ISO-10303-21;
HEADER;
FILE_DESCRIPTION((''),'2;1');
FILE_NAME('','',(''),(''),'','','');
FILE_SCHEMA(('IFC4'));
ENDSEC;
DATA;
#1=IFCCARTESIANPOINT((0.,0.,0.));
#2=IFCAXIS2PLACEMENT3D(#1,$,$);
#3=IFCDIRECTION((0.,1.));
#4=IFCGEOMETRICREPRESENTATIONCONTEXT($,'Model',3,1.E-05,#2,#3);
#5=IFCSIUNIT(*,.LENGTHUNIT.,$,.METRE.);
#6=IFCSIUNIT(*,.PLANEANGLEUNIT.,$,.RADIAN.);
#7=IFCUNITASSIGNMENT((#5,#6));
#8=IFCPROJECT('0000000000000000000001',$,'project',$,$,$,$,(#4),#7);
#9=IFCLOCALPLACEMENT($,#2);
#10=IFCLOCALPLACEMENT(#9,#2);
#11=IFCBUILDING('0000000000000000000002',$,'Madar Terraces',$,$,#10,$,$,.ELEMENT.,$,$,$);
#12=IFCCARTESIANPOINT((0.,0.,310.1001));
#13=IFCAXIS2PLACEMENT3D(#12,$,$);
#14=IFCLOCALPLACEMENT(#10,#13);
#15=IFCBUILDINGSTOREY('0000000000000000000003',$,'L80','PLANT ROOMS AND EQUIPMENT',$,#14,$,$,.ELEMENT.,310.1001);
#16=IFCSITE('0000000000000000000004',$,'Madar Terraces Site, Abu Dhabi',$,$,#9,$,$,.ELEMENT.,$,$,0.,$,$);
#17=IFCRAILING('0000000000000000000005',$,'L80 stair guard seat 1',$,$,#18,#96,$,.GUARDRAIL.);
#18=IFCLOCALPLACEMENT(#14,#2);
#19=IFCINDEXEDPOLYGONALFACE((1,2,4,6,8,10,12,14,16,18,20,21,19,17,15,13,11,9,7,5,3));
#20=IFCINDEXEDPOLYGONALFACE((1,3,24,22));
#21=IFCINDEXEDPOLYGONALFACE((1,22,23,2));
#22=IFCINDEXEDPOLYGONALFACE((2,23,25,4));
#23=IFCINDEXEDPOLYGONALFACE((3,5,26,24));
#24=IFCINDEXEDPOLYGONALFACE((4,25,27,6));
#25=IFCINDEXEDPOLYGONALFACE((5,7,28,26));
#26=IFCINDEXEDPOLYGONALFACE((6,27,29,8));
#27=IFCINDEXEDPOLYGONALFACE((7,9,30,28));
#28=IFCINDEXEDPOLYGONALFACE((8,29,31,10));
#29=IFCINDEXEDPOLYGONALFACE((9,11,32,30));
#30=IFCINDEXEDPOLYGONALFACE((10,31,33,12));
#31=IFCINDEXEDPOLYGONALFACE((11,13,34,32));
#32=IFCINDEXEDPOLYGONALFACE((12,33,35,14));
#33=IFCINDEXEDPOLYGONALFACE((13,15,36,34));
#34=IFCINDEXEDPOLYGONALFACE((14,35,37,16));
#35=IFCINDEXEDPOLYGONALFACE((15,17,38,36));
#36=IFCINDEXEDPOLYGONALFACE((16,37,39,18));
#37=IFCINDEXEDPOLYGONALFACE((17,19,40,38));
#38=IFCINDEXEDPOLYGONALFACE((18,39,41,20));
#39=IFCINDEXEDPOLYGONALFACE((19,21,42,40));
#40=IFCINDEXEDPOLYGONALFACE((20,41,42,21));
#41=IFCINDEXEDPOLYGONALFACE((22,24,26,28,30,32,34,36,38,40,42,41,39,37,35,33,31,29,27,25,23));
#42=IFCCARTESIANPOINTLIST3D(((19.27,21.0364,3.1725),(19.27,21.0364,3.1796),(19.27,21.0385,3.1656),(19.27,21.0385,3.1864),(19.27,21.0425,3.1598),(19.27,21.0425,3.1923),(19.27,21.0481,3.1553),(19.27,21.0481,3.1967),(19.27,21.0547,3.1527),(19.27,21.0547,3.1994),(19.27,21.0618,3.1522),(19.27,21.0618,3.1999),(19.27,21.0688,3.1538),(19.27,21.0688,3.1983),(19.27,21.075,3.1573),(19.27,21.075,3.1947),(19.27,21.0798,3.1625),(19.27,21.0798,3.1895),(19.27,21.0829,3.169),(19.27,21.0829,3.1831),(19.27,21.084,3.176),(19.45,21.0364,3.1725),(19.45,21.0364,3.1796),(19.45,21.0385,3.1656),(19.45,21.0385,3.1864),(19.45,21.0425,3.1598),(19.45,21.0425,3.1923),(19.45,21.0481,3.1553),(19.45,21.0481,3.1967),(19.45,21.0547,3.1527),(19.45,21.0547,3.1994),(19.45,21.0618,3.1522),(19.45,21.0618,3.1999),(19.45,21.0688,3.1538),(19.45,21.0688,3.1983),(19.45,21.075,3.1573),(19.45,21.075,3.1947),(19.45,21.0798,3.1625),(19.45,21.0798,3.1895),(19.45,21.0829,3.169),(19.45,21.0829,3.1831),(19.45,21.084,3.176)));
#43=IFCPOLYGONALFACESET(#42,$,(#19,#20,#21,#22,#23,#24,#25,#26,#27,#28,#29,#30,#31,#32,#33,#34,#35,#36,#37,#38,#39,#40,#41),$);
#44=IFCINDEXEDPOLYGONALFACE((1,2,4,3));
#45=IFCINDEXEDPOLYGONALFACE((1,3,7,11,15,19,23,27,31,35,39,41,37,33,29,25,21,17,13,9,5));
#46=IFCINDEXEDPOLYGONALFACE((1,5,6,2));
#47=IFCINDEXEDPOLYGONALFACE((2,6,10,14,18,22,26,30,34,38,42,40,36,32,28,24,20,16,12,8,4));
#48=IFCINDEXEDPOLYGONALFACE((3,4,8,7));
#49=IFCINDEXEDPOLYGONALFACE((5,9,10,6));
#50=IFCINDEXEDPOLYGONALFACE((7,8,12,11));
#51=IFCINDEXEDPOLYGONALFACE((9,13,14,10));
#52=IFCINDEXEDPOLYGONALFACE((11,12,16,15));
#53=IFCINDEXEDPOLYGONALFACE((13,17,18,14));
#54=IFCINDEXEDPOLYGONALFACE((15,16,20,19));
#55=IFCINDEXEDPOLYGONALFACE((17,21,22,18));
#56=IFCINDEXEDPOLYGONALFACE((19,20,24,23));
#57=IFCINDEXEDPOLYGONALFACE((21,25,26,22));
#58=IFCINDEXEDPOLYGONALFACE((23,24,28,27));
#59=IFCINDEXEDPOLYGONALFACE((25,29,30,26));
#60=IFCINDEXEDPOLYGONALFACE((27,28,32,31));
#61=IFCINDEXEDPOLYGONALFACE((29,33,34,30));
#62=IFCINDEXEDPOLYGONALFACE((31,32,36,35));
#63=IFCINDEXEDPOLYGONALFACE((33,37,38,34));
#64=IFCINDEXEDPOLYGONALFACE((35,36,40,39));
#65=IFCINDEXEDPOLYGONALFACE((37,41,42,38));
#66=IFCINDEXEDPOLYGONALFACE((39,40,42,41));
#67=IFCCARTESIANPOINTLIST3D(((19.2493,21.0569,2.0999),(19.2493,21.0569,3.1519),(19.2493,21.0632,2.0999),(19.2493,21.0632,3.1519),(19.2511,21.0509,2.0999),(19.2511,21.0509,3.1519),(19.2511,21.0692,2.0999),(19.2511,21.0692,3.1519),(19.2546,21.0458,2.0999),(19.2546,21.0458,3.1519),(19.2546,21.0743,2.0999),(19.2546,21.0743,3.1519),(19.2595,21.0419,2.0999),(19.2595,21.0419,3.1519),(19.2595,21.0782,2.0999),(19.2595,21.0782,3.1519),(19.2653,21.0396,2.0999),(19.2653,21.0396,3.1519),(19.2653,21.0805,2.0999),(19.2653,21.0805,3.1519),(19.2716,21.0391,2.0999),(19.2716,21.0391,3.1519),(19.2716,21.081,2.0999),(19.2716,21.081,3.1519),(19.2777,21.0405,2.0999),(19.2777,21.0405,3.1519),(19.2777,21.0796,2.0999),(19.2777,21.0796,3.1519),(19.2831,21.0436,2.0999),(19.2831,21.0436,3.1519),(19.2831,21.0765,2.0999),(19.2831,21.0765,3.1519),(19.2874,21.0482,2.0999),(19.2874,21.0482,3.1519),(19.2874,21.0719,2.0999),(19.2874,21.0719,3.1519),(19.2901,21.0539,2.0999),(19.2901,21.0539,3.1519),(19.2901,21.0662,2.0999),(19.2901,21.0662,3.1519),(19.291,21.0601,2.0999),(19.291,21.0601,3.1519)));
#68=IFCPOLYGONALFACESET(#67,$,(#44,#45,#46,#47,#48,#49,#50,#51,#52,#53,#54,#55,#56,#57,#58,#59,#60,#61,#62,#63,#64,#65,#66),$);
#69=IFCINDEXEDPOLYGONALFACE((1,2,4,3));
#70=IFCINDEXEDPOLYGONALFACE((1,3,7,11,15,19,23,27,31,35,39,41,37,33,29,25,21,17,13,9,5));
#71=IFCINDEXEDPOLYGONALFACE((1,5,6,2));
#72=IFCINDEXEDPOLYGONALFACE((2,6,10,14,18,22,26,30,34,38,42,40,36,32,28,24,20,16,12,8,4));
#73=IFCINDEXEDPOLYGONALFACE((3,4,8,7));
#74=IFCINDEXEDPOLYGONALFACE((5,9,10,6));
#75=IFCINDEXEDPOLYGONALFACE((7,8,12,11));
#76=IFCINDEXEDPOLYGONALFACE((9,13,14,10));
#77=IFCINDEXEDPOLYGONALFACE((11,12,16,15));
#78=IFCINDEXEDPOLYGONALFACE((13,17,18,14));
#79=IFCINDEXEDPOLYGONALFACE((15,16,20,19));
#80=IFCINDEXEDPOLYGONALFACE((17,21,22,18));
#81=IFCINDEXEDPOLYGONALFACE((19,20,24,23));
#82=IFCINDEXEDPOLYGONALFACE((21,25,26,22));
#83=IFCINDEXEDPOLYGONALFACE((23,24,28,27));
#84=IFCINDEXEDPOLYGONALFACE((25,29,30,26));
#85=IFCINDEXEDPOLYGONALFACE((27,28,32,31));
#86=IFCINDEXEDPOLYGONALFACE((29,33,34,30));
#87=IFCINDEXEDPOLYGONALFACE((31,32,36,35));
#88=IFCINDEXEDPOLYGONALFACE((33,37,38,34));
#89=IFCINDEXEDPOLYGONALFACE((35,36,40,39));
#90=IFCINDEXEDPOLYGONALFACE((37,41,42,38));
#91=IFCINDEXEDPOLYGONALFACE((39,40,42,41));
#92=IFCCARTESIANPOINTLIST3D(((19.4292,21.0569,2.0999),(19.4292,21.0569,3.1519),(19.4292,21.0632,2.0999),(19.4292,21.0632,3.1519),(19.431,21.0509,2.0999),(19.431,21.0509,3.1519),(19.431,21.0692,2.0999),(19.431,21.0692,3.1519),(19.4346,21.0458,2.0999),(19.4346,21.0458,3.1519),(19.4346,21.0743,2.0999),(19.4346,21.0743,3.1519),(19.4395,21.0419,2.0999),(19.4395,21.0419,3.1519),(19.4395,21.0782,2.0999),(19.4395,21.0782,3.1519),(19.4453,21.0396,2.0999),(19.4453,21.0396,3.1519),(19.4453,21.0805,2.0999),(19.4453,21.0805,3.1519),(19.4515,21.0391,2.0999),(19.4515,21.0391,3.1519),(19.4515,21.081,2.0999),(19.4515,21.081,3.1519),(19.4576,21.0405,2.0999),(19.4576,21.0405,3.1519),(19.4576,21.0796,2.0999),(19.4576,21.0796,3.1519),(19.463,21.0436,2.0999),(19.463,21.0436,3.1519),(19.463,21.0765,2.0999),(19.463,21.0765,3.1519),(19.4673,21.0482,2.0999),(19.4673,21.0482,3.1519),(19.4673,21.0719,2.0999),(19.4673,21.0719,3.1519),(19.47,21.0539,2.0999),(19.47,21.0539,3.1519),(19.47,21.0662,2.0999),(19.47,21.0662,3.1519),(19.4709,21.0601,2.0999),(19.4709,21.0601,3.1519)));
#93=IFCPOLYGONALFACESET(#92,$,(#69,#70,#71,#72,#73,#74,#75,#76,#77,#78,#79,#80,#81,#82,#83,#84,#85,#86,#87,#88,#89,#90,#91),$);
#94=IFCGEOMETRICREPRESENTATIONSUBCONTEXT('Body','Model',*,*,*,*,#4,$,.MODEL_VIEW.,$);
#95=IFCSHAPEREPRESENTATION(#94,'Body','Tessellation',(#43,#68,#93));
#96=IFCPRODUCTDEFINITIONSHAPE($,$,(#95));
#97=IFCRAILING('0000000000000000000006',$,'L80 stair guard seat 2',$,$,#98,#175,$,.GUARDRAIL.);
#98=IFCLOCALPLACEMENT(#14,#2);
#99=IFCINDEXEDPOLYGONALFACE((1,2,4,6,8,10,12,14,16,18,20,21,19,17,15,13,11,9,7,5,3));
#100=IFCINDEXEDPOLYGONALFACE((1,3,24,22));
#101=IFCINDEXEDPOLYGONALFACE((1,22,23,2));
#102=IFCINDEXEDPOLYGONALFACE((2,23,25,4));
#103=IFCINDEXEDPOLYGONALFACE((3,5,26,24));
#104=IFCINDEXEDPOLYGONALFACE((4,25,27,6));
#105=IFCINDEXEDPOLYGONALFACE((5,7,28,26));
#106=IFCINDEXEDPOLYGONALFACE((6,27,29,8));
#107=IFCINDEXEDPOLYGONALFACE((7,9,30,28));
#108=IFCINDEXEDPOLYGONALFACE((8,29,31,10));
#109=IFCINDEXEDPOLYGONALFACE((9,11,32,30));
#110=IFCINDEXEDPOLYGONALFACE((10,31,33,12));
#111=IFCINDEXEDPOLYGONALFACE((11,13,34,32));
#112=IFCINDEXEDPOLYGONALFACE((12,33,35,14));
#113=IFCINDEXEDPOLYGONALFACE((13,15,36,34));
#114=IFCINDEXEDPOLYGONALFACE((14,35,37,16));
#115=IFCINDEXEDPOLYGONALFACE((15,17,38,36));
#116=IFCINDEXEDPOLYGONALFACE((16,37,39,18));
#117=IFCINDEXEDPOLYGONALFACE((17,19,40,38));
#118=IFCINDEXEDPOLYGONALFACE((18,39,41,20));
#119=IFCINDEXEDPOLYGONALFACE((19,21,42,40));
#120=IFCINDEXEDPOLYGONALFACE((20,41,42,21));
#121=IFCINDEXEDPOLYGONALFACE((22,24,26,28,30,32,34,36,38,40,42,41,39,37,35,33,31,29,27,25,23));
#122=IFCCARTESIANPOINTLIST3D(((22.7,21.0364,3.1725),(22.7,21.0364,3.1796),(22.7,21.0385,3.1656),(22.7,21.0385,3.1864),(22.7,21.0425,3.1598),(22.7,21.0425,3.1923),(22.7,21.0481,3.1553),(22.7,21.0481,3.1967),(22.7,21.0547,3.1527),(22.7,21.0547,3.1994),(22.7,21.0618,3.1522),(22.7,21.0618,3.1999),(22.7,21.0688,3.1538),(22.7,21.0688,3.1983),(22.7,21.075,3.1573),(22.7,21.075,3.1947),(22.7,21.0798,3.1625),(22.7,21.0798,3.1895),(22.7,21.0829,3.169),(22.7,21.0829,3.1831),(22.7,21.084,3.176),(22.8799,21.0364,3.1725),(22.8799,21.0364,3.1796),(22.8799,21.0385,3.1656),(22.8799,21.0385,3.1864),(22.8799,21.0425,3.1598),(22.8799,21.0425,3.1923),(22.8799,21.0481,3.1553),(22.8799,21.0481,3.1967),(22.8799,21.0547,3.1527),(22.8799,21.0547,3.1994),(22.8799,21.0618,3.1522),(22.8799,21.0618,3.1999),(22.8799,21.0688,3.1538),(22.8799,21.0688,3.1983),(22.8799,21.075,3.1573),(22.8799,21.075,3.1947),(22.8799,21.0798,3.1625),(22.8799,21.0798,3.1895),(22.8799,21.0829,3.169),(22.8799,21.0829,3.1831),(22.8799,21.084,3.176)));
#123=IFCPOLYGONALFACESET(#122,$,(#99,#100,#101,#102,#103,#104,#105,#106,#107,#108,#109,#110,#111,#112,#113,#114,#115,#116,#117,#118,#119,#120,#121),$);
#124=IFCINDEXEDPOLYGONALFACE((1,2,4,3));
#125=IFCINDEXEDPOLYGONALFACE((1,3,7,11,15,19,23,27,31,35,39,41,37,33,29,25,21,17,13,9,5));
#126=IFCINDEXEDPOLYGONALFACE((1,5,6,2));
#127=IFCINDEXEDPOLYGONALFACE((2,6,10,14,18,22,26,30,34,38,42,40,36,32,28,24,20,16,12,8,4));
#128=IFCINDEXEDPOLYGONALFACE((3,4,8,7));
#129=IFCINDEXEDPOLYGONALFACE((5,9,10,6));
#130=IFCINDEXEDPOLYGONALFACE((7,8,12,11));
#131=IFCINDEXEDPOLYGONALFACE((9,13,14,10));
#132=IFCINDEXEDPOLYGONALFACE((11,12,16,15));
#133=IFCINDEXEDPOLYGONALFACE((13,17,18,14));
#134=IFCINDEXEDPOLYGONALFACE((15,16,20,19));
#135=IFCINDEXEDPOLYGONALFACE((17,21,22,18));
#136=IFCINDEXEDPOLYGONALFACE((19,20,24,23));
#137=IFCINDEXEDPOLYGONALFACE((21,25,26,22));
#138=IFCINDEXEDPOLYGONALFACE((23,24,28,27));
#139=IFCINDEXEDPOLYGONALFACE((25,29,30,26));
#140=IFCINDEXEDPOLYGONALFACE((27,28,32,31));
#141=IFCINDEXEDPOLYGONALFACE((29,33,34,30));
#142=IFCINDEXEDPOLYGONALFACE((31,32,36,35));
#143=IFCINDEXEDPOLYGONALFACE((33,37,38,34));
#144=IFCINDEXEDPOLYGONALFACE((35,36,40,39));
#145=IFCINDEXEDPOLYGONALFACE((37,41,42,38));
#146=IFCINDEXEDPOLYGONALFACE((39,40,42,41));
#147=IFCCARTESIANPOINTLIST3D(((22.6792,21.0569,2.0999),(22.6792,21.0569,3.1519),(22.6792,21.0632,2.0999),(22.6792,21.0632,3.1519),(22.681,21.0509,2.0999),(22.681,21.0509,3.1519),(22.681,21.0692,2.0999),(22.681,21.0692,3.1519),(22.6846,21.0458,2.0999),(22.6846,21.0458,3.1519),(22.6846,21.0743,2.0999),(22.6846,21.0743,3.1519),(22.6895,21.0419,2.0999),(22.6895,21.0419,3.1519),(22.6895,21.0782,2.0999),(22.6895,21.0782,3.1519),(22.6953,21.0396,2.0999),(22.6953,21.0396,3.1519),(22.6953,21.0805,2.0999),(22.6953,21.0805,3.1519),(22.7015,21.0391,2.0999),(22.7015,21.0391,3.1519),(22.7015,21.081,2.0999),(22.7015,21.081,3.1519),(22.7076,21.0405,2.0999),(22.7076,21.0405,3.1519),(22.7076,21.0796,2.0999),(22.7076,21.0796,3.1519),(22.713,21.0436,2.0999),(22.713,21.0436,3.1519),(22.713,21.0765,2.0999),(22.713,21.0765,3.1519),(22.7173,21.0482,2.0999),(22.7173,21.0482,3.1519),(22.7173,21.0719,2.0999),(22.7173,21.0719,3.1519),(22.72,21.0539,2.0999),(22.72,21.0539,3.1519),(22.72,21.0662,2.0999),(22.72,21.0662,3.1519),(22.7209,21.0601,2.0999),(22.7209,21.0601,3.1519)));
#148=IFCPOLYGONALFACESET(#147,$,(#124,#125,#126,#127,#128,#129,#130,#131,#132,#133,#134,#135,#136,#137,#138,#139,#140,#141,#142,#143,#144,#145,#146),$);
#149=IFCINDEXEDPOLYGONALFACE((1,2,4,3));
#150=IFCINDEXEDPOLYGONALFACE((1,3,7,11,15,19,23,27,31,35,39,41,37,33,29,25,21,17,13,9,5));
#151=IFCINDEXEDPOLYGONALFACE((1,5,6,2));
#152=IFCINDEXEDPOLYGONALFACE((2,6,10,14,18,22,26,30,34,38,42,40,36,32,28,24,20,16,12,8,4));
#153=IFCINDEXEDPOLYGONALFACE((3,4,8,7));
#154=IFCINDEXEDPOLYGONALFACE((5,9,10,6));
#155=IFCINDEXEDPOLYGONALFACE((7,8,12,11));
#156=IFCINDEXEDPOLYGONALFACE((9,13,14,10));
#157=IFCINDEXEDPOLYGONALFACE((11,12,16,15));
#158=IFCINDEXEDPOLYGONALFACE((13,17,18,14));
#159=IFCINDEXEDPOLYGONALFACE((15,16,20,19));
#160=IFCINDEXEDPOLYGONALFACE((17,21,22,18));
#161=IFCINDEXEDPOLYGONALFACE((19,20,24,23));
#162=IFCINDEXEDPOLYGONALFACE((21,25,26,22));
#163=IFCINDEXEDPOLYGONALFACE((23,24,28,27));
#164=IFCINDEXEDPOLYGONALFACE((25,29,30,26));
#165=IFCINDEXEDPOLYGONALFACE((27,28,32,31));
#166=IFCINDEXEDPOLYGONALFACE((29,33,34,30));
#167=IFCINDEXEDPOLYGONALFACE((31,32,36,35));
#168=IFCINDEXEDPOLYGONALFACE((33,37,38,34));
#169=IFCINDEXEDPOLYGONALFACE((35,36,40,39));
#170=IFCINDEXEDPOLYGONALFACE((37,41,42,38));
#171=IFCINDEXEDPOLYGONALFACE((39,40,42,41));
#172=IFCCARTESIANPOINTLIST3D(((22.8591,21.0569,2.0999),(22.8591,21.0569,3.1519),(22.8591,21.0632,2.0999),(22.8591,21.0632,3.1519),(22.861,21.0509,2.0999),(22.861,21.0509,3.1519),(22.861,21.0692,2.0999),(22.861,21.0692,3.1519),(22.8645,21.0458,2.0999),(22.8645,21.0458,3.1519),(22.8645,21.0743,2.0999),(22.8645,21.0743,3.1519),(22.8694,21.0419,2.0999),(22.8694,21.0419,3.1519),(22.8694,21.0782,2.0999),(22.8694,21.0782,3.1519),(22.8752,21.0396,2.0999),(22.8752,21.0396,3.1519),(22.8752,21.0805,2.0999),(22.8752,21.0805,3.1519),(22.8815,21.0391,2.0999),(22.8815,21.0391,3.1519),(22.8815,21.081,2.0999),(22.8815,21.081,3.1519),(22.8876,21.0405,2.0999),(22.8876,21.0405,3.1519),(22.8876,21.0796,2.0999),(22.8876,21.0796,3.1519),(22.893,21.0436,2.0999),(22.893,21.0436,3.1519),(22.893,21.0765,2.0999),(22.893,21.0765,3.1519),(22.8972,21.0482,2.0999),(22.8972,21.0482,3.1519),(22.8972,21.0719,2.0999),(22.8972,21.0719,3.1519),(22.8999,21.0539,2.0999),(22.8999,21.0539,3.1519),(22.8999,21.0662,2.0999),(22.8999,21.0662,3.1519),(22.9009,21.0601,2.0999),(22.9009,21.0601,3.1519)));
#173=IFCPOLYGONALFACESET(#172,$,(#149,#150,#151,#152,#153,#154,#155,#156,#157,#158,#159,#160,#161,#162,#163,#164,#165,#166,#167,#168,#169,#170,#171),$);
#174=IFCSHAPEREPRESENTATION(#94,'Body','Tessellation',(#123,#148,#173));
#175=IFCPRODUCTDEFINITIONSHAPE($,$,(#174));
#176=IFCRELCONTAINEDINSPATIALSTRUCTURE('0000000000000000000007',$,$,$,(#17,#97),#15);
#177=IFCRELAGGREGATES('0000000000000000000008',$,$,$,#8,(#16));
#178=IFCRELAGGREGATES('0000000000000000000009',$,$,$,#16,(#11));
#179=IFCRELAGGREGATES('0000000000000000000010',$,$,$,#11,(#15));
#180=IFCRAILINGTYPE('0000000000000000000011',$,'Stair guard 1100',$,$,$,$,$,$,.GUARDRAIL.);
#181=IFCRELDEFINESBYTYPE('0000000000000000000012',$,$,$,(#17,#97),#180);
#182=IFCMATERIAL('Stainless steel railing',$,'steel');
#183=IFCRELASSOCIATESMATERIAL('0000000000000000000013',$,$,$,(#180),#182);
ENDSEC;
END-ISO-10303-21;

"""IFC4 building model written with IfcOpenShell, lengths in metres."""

from ifc_helpers import new_model, si_unit, direction, frame, origin, origin_2d, place, context, subcontext, project, spatial, circle, extrude, material, type_object, element, save


model = new_model("IFC4")

# Units and contexts
model_context = context("Model", 3, precision=1e-05, world=origin(), true_north=direction((0.0, 1.0)))
body_context = subcontext(model_context, "Body", "Model", "MODEL_VIEW")
ifc_project = project(units=[si_unit("LENGTHUNIT", "METRE"), si_unit("PLANEANGLEUNIT", "RADIAN")], contexts=[model_context])

# Site, building, storey
site_placement = place(None, origin())
site = spatial("IfcSite", under=ifc_project, at=site_placement, Name="Madar Terraces Site, Abu Dhabi", CompositionType="ELEMENT", RefElevation=0.0)
building_placement = place(site_placement, origin())
building = spatial("IfcBuilding", under=site, at=building_placement, Name="Madar Terraces", CompositionType="ELEMENT")
storey_placement = place(building_placement, frame((0.0, 0.0, 310.1001)))
storey = spatial("IfcBuildingStorey", under=building, at=storey_placement, Name="L80", Description="PLANT ROOMS AND EQUIPMENT", CompositionType="ELEMENT", Elevation=310.1001)

# Railings
ifc_material_1 = material(Name="Stainless steel railing", Category="steel")
railing_type = type_object("IfcRailingType", Name="Stair guard 1100", PredefinedType="GUARDRAIL", material=ifc_material_1)
for number, where, name in (
    (1, (19.27, 21.0601, 2.0999), "L80 stair guard seat 1"),
    (2, (22.7, 21.0601, 2.0999), "L80 stair guard seat 2"),
):
    element("IfcRailing", number, at=place(storey_placement, frame(where)), inside=storey, type_object=railing_type, Name=name, PredefinedType="GUARDRAIL", context=body_context, shape_type="SweptSolid", body=[
        extrude(circle(Radius=0.0239, at=origin_2d()), frame((0.0, 0.0, 1.0762), z_axis=(1.0, 0.0, 0.0), x_axis=(0.0, 1.0, 0.0)), (0.0, 0.0, 1.0), 0.1799),
        extrude(circle(Radius=0.021, at=origin_2d()), origin(), (0.0, 0.0, 1.0), 1.052),
        extrude(circle(Radius=0.021, at=origin_2d()), frame((0.1799, 0.0, 0.0)), (0.0, 0.0, 1.0), 1.052),
    ])

save(model, "model.ifc")
